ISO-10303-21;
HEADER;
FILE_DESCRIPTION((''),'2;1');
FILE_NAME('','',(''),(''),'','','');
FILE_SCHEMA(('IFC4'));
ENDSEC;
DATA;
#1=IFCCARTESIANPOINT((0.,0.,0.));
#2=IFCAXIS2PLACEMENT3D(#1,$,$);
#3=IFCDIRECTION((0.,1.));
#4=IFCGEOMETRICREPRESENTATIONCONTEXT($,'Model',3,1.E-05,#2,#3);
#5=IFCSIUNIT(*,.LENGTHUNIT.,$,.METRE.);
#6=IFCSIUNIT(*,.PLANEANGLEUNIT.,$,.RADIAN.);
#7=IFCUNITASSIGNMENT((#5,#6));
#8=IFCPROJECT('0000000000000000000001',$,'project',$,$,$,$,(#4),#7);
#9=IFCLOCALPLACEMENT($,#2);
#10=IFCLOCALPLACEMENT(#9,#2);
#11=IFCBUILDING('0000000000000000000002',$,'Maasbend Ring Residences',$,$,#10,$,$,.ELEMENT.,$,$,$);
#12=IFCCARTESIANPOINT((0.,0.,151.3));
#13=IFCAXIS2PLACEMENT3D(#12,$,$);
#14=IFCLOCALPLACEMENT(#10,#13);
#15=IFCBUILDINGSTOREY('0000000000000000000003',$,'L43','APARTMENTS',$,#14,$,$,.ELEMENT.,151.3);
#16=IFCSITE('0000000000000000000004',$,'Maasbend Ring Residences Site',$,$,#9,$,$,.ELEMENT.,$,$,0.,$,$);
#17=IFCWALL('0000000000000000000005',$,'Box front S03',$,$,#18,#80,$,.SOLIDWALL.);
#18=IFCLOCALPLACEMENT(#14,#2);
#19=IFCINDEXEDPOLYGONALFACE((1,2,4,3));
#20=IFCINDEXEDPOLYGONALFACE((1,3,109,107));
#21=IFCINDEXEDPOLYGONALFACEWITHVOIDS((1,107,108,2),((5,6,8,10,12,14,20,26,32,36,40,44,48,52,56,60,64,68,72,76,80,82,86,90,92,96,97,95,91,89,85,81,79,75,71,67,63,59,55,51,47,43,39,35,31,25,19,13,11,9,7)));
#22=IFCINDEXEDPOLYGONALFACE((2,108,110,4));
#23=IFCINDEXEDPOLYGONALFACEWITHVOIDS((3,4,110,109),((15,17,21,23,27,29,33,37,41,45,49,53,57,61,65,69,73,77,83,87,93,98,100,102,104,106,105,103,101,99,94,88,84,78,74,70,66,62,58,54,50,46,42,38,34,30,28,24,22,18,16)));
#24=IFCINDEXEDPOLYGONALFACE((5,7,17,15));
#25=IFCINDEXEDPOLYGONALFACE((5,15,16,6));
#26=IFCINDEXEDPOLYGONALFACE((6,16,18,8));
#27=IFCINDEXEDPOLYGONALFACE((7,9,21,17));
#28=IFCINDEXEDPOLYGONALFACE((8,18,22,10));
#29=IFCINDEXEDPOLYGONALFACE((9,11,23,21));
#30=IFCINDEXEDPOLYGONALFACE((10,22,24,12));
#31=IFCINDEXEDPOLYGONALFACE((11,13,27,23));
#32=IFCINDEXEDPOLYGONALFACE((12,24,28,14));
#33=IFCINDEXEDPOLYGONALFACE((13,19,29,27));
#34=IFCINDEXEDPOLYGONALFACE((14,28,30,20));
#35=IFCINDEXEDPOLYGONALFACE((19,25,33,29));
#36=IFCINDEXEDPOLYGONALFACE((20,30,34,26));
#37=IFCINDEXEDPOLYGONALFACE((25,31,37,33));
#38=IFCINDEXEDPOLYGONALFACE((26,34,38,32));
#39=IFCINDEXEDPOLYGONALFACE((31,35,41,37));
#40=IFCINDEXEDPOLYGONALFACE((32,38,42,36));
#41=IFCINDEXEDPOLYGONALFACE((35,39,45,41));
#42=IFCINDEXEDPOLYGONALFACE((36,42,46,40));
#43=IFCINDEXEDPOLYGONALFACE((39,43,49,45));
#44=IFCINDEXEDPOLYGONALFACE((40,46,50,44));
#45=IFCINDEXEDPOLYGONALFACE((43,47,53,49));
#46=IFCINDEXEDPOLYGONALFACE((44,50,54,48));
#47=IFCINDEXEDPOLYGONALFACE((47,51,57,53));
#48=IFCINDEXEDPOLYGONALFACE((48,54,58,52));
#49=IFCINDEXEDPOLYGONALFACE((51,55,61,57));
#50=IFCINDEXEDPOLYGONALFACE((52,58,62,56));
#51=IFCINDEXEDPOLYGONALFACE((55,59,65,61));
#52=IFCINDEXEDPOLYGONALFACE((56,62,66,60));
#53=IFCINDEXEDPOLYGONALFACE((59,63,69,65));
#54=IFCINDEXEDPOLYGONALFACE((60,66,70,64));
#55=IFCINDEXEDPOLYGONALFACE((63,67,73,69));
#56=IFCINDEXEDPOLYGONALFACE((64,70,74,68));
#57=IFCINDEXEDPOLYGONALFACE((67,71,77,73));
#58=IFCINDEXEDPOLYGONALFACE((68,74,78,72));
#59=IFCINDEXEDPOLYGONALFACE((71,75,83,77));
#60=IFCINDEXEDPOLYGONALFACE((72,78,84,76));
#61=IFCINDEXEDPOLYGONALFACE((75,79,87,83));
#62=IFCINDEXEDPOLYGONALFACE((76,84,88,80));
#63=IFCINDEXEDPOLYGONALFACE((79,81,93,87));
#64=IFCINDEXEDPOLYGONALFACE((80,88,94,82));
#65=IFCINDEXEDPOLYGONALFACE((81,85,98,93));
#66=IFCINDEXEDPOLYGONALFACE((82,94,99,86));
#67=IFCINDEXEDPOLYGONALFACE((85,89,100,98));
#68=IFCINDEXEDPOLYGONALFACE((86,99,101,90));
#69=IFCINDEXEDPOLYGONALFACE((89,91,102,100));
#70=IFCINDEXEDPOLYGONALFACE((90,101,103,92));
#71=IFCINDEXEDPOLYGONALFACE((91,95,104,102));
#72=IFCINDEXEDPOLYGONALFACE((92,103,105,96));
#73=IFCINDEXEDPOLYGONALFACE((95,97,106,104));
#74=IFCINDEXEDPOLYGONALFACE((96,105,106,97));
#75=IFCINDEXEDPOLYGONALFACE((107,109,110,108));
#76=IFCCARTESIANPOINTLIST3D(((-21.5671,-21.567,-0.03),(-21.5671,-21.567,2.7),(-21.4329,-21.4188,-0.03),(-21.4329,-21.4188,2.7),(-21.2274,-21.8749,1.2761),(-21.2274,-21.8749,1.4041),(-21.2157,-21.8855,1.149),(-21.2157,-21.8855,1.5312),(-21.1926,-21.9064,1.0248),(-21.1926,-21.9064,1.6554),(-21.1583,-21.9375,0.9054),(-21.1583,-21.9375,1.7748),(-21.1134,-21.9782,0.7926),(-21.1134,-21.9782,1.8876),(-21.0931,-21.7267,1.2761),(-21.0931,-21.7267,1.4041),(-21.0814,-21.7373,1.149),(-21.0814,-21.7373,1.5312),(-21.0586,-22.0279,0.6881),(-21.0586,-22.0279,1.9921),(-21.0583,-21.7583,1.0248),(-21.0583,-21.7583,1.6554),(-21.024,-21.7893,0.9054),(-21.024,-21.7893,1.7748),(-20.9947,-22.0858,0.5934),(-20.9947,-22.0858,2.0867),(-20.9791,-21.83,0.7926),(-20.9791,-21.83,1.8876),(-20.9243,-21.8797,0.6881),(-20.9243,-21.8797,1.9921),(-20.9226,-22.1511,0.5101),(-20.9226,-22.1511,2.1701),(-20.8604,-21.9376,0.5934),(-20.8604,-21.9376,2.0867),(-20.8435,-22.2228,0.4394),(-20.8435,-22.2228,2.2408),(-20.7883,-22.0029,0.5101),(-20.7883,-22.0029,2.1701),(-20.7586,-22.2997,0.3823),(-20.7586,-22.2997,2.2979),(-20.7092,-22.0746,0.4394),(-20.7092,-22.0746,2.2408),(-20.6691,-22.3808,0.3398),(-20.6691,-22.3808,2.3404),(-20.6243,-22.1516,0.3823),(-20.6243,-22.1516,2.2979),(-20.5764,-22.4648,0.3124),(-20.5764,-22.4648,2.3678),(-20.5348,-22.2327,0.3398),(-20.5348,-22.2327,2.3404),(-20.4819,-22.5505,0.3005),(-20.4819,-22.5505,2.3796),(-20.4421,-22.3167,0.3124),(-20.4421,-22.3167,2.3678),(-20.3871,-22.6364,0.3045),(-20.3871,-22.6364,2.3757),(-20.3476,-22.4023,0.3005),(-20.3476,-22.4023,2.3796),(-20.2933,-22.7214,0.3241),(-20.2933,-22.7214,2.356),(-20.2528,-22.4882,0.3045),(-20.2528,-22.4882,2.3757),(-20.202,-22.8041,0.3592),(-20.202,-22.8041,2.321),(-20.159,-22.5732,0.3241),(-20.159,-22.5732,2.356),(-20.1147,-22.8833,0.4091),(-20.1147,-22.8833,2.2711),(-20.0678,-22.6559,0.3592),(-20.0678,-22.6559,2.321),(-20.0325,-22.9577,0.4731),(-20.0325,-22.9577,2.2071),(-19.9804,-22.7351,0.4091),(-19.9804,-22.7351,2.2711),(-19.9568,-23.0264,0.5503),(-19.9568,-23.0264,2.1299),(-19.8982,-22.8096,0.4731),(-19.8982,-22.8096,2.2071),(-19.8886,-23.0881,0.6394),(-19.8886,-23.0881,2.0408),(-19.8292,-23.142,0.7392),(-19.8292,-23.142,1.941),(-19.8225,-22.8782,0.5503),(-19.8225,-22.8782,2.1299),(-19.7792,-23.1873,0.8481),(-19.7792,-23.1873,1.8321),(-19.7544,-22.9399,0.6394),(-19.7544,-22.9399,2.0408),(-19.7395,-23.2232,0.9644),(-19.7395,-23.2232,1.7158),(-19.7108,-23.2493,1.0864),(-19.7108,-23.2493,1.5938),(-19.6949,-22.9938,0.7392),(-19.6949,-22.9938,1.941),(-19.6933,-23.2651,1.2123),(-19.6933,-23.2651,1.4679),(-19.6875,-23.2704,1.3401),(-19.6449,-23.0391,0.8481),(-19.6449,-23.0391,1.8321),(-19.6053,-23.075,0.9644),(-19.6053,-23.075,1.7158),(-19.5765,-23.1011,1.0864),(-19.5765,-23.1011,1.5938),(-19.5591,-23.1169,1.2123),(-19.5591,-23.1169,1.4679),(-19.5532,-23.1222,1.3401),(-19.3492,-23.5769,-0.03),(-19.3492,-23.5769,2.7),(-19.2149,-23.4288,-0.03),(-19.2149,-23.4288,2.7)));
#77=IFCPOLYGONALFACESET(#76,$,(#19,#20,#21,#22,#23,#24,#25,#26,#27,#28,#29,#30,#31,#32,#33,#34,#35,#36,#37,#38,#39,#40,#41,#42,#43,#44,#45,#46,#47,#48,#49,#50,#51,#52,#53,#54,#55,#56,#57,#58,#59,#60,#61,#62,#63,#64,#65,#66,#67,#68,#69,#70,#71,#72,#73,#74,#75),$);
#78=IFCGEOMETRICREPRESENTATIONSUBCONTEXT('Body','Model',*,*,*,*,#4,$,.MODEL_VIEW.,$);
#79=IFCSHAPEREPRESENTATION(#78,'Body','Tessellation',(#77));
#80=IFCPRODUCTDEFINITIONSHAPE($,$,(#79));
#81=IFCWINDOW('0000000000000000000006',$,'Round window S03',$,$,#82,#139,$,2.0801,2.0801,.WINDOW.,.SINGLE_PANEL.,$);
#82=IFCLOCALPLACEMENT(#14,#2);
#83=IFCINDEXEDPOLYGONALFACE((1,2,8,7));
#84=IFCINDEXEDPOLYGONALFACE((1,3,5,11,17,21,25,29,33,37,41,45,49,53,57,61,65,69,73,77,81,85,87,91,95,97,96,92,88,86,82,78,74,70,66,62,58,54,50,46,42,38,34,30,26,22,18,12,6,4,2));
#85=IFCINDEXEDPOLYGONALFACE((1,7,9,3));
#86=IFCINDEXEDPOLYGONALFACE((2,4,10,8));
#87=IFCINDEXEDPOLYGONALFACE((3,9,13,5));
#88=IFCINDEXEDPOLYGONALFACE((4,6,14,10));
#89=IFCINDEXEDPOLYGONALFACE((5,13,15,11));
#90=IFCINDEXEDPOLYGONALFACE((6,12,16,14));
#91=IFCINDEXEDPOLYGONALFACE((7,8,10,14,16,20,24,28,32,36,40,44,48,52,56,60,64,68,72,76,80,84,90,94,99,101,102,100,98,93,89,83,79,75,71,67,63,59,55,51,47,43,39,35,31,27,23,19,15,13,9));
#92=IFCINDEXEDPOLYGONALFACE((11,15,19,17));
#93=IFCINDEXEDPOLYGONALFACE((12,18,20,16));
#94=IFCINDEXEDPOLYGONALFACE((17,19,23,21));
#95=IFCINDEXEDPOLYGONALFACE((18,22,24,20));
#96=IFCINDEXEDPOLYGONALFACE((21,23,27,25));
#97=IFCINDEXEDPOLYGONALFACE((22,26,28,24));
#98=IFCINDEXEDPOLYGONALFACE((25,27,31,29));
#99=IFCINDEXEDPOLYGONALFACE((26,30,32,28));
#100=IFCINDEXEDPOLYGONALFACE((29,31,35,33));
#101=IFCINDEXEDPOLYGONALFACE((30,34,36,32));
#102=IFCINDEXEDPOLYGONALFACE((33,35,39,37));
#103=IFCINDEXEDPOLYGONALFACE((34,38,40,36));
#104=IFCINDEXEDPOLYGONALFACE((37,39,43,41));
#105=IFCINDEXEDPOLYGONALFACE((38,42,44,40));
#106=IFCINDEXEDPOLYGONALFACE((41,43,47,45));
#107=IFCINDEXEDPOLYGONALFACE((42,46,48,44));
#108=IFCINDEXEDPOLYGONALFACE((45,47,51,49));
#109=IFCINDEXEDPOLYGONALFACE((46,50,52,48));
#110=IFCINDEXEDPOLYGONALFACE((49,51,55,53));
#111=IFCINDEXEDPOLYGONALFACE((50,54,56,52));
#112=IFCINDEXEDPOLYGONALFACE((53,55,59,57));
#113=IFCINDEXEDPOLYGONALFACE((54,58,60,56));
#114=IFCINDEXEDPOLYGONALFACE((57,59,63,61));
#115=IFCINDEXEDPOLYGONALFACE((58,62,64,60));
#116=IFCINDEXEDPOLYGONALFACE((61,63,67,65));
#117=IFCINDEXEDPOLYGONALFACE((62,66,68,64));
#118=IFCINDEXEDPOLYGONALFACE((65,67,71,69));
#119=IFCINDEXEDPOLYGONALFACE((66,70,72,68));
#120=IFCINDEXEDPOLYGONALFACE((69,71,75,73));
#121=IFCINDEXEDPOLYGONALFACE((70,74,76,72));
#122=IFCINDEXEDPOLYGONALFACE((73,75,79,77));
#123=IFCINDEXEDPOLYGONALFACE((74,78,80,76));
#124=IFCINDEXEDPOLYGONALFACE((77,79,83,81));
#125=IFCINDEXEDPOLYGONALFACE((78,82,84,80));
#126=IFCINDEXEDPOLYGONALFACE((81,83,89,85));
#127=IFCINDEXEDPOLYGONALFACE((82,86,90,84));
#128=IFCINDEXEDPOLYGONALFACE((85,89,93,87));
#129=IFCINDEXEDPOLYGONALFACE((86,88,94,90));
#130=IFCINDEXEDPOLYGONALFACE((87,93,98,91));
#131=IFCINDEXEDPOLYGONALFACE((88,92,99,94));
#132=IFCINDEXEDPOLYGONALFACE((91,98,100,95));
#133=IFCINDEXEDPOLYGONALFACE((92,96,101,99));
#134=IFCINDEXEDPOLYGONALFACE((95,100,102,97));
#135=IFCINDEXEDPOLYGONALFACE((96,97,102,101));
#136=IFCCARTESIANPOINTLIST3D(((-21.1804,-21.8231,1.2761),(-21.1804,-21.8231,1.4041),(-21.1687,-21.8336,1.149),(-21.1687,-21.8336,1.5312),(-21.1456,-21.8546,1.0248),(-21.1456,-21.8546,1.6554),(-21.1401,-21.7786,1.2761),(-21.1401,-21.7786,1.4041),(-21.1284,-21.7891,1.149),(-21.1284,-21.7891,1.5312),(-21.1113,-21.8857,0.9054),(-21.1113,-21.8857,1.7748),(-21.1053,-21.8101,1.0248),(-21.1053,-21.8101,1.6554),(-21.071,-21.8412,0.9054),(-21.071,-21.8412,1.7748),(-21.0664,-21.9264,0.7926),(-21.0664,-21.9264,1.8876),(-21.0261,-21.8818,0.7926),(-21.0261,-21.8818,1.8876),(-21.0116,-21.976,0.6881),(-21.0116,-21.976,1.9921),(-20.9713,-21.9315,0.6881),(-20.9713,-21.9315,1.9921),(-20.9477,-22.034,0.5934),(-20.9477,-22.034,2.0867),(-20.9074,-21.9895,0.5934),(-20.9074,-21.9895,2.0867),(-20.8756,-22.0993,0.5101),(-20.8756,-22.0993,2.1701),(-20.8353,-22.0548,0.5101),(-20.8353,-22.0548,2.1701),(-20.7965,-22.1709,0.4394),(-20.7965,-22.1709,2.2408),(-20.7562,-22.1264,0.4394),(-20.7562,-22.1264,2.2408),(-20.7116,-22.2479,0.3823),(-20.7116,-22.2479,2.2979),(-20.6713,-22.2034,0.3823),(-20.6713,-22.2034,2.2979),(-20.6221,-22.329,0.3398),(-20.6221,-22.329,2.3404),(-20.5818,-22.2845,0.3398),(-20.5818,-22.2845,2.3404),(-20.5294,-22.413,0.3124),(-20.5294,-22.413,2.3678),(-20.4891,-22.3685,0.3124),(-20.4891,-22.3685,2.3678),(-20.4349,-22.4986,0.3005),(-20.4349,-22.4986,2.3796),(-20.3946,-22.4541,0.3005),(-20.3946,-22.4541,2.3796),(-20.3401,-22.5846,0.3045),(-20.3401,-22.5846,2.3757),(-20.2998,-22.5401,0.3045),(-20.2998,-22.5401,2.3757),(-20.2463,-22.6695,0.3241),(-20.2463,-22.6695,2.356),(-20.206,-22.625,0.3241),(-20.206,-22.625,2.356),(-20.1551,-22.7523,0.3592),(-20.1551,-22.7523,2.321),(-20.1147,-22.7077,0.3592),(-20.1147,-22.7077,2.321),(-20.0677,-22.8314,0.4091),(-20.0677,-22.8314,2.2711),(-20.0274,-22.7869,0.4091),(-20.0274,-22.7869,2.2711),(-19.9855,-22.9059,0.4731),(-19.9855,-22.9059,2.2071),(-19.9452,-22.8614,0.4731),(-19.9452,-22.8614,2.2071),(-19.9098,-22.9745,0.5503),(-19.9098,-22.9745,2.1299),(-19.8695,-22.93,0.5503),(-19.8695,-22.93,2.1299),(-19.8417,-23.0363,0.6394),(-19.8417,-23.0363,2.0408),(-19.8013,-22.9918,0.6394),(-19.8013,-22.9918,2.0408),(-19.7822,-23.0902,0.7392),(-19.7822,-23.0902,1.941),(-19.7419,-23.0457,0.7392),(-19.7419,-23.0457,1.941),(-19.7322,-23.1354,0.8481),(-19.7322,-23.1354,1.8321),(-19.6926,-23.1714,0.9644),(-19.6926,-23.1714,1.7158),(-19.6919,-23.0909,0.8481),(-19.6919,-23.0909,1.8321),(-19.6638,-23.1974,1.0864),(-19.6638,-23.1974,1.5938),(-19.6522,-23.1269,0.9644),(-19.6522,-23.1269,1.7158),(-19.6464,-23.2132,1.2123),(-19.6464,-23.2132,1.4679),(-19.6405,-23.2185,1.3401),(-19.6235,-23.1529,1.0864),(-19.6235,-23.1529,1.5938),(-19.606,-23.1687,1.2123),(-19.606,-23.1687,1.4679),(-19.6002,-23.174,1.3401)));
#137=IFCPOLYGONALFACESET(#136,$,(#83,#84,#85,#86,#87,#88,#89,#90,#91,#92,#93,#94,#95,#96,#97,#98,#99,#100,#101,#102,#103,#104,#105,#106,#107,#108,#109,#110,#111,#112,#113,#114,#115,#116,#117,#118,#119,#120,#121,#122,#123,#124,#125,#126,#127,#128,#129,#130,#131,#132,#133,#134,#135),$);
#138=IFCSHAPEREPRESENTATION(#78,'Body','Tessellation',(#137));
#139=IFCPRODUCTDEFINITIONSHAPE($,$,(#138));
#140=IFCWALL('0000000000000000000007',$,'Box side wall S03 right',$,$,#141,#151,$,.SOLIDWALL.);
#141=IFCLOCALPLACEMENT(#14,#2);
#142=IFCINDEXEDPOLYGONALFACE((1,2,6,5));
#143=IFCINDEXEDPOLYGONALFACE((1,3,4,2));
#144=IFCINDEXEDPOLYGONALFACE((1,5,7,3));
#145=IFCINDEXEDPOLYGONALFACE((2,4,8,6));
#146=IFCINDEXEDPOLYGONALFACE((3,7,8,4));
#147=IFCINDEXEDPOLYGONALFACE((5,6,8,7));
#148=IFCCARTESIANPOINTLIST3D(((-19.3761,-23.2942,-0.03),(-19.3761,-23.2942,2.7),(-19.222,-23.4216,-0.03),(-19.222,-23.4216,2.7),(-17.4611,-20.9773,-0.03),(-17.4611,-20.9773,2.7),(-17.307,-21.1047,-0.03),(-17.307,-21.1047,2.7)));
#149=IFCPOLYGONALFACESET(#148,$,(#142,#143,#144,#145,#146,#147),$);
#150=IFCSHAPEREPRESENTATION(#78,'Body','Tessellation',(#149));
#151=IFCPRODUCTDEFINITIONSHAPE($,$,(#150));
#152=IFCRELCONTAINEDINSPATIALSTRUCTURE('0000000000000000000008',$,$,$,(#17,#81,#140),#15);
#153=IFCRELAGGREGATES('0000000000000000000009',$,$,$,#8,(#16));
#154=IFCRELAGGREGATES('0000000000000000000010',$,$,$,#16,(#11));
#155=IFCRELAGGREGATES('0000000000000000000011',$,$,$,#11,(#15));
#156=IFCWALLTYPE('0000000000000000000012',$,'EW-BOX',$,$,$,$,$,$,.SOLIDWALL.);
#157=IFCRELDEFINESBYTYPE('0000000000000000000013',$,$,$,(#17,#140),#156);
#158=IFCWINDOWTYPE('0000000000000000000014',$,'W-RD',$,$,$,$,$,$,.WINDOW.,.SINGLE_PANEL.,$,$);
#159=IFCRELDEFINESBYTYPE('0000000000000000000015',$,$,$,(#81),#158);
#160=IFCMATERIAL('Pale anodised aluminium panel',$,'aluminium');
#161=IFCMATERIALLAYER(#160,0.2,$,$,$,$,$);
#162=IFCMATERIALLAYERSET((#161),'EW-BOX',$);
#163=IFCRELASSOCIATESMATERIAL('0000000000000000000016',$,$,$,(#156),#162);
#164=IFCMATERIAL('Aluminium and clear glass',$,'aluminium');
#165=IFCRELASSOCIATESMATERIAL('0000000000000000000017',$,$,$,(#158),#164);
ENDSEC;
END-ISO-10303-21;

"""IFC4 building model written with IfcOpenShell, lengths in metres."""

from ifc_helpers import new_model, si_unit, direction, frame, frame_2d, origin, place, context, subcontext, project, spatial, rectangle, circle, extrude, material, layer, layer_set, type_object, element, fill, save


model = new_model("IFC4")

# Units and contexts
model_context = context("Model", 3, precision=1e-05, world=origin(), true_north=direction((0.0, 1.0)))
body_context = subcontext(model_context, "Body", "Model", "MODEL_VIEW")
ifc_project = project(units=[si_unit("LENGTHUNIT", "METRE"), si_unit("PLANEANGLEUNIT", "RADIAN")], contexts=[model_context])

# Site, building, storey
site_placement = place(None, origin())
site = spatial("IfcSite", under=ifc_project, at=site_placement, Name="Maasbend Ring Residences Site", CompositionType="ELEMENT", RefElevation=0.0)
building_placement = place(site_placement, origin())
building = spatial("IfcBuilding", under=site, at=building_placement, Name="Maasbend Ring Residences", CompositionType="ELEMENT")
storey_placement = place(building_placement, frame((0.0, 0.0, 151.3)))
storey = spatial("IfcBuildingStorey", under=building, at=storey_placement, Name="L43", Description="APARTMENTS", CompositionType="ELEMENT", Elevation=151.3)

# Wall, opening, window
ifc_material_1 = material(Name="Pale anodised aluminium panel", Category="aluminium")
ifc_layer_1 = layer(ifc_material_1, 0.2)
ifc_layer_set_1 = layer_set([ifc_layer_1], Name="EW-BOX")
wall_type_1 = type_object("IfcWallType", Name="EW-BOX", PredefinedType="SOLIDWALL", material=ifc_layer_set_1)
wall_1_placement = place(storey_placement, frame((-21.5, -21.4929, -0.03), z_axis=(0.0, 0.0, 1.0), x_axis=(0.740998, -0.671507, 0.0)))
wall_1 = element("IfcWall", 1, at=wall_1_placement, inside=storey, type_object=wall_type_1, Name="Box front S03", PredefinedType="SOLIDWALL", context=body_context, shape_type="SweptSolid", body=[
    extrude(rectangle(XDim=2.9932, YDim=0.2, at=frame_2d((1.4966, 0.0))), origin(), (0.0, 0.0, 1.0), 2.73),
])
opening_1_placement = place(wall_1_placement, frame((0.4565, 0.0, 0.3301)))
opening_1 = element("IfcOpeningElement", 2, at=opening_1_placement, cuts=wall_1, PredefinedType="OPENING", context=body_context, shape_type="SweptSolid", body=[
    extrude(circle(Radius=1.04, at=frame_2d((1.04, 1.04))), frame((0.0, 0.1099, 0.0), z_axis=(0.0, -1.0, 0.0), x_axis=(1.0, 0.0, 0.0)), (0.0, 0.0, 1.0), 0.22),
])
ifc_material_2 = material(Name="Aluminium and clear glass", Category="aluminium")
window_type_1 = type_object("IfcWindowType", Name="W-RD", PartitioningType="SINGLE_PANEL", PredefinedType="WINDOW", material=ifc_material_2)
window_1_placement = place(opening_1_placement, origin())
window_1 = element("IfcWindow", 3, at=window_1_placement, inside=storey, type_object=window_type_1, Name="Round window S03", OverallHeight=2.0801, OverallWidth=2.0801, PartitioningType="SINGLE_PANEL", PredefinedType="WINDOW", context=body_context, shape_type="SweptSolid", body=[
    extrude(circle(Radius=1.04, at=frame_2d((1.04, 1.04))), frame((0.0, 0.03, 0.0), z_axis=(0.0, -1.0, 0.0), x_axis=(1.0, 0.0, 0.0)), (0.0, 0.0, 1.0), 0.0601),
])
fill(opening_1, window_1)

# Wall
wall_2_placement = place(storey_placement, frame((-17.384, -21.041, -0.03), z_axis=(0.0, 0.0, 1.0), x_axis=(-0.637096, -0.770785, 0.0)))
element("IfcWall", 4, at=wall_2_placement, inside=storey, type_object=wall_type_1, Name="Box side wall S03 right", PredefinedType="SOLIDWALL", context=body_context, shape_type="SweptSolid", body=[
    extrude(rectangle(XDim=3.0059, YDim=0.2, at=frame_2d((1.5029, 0.0))), origin(), (0.0, 0.0, 1.0), 2.73),
])

save(model, "model.ifc")
